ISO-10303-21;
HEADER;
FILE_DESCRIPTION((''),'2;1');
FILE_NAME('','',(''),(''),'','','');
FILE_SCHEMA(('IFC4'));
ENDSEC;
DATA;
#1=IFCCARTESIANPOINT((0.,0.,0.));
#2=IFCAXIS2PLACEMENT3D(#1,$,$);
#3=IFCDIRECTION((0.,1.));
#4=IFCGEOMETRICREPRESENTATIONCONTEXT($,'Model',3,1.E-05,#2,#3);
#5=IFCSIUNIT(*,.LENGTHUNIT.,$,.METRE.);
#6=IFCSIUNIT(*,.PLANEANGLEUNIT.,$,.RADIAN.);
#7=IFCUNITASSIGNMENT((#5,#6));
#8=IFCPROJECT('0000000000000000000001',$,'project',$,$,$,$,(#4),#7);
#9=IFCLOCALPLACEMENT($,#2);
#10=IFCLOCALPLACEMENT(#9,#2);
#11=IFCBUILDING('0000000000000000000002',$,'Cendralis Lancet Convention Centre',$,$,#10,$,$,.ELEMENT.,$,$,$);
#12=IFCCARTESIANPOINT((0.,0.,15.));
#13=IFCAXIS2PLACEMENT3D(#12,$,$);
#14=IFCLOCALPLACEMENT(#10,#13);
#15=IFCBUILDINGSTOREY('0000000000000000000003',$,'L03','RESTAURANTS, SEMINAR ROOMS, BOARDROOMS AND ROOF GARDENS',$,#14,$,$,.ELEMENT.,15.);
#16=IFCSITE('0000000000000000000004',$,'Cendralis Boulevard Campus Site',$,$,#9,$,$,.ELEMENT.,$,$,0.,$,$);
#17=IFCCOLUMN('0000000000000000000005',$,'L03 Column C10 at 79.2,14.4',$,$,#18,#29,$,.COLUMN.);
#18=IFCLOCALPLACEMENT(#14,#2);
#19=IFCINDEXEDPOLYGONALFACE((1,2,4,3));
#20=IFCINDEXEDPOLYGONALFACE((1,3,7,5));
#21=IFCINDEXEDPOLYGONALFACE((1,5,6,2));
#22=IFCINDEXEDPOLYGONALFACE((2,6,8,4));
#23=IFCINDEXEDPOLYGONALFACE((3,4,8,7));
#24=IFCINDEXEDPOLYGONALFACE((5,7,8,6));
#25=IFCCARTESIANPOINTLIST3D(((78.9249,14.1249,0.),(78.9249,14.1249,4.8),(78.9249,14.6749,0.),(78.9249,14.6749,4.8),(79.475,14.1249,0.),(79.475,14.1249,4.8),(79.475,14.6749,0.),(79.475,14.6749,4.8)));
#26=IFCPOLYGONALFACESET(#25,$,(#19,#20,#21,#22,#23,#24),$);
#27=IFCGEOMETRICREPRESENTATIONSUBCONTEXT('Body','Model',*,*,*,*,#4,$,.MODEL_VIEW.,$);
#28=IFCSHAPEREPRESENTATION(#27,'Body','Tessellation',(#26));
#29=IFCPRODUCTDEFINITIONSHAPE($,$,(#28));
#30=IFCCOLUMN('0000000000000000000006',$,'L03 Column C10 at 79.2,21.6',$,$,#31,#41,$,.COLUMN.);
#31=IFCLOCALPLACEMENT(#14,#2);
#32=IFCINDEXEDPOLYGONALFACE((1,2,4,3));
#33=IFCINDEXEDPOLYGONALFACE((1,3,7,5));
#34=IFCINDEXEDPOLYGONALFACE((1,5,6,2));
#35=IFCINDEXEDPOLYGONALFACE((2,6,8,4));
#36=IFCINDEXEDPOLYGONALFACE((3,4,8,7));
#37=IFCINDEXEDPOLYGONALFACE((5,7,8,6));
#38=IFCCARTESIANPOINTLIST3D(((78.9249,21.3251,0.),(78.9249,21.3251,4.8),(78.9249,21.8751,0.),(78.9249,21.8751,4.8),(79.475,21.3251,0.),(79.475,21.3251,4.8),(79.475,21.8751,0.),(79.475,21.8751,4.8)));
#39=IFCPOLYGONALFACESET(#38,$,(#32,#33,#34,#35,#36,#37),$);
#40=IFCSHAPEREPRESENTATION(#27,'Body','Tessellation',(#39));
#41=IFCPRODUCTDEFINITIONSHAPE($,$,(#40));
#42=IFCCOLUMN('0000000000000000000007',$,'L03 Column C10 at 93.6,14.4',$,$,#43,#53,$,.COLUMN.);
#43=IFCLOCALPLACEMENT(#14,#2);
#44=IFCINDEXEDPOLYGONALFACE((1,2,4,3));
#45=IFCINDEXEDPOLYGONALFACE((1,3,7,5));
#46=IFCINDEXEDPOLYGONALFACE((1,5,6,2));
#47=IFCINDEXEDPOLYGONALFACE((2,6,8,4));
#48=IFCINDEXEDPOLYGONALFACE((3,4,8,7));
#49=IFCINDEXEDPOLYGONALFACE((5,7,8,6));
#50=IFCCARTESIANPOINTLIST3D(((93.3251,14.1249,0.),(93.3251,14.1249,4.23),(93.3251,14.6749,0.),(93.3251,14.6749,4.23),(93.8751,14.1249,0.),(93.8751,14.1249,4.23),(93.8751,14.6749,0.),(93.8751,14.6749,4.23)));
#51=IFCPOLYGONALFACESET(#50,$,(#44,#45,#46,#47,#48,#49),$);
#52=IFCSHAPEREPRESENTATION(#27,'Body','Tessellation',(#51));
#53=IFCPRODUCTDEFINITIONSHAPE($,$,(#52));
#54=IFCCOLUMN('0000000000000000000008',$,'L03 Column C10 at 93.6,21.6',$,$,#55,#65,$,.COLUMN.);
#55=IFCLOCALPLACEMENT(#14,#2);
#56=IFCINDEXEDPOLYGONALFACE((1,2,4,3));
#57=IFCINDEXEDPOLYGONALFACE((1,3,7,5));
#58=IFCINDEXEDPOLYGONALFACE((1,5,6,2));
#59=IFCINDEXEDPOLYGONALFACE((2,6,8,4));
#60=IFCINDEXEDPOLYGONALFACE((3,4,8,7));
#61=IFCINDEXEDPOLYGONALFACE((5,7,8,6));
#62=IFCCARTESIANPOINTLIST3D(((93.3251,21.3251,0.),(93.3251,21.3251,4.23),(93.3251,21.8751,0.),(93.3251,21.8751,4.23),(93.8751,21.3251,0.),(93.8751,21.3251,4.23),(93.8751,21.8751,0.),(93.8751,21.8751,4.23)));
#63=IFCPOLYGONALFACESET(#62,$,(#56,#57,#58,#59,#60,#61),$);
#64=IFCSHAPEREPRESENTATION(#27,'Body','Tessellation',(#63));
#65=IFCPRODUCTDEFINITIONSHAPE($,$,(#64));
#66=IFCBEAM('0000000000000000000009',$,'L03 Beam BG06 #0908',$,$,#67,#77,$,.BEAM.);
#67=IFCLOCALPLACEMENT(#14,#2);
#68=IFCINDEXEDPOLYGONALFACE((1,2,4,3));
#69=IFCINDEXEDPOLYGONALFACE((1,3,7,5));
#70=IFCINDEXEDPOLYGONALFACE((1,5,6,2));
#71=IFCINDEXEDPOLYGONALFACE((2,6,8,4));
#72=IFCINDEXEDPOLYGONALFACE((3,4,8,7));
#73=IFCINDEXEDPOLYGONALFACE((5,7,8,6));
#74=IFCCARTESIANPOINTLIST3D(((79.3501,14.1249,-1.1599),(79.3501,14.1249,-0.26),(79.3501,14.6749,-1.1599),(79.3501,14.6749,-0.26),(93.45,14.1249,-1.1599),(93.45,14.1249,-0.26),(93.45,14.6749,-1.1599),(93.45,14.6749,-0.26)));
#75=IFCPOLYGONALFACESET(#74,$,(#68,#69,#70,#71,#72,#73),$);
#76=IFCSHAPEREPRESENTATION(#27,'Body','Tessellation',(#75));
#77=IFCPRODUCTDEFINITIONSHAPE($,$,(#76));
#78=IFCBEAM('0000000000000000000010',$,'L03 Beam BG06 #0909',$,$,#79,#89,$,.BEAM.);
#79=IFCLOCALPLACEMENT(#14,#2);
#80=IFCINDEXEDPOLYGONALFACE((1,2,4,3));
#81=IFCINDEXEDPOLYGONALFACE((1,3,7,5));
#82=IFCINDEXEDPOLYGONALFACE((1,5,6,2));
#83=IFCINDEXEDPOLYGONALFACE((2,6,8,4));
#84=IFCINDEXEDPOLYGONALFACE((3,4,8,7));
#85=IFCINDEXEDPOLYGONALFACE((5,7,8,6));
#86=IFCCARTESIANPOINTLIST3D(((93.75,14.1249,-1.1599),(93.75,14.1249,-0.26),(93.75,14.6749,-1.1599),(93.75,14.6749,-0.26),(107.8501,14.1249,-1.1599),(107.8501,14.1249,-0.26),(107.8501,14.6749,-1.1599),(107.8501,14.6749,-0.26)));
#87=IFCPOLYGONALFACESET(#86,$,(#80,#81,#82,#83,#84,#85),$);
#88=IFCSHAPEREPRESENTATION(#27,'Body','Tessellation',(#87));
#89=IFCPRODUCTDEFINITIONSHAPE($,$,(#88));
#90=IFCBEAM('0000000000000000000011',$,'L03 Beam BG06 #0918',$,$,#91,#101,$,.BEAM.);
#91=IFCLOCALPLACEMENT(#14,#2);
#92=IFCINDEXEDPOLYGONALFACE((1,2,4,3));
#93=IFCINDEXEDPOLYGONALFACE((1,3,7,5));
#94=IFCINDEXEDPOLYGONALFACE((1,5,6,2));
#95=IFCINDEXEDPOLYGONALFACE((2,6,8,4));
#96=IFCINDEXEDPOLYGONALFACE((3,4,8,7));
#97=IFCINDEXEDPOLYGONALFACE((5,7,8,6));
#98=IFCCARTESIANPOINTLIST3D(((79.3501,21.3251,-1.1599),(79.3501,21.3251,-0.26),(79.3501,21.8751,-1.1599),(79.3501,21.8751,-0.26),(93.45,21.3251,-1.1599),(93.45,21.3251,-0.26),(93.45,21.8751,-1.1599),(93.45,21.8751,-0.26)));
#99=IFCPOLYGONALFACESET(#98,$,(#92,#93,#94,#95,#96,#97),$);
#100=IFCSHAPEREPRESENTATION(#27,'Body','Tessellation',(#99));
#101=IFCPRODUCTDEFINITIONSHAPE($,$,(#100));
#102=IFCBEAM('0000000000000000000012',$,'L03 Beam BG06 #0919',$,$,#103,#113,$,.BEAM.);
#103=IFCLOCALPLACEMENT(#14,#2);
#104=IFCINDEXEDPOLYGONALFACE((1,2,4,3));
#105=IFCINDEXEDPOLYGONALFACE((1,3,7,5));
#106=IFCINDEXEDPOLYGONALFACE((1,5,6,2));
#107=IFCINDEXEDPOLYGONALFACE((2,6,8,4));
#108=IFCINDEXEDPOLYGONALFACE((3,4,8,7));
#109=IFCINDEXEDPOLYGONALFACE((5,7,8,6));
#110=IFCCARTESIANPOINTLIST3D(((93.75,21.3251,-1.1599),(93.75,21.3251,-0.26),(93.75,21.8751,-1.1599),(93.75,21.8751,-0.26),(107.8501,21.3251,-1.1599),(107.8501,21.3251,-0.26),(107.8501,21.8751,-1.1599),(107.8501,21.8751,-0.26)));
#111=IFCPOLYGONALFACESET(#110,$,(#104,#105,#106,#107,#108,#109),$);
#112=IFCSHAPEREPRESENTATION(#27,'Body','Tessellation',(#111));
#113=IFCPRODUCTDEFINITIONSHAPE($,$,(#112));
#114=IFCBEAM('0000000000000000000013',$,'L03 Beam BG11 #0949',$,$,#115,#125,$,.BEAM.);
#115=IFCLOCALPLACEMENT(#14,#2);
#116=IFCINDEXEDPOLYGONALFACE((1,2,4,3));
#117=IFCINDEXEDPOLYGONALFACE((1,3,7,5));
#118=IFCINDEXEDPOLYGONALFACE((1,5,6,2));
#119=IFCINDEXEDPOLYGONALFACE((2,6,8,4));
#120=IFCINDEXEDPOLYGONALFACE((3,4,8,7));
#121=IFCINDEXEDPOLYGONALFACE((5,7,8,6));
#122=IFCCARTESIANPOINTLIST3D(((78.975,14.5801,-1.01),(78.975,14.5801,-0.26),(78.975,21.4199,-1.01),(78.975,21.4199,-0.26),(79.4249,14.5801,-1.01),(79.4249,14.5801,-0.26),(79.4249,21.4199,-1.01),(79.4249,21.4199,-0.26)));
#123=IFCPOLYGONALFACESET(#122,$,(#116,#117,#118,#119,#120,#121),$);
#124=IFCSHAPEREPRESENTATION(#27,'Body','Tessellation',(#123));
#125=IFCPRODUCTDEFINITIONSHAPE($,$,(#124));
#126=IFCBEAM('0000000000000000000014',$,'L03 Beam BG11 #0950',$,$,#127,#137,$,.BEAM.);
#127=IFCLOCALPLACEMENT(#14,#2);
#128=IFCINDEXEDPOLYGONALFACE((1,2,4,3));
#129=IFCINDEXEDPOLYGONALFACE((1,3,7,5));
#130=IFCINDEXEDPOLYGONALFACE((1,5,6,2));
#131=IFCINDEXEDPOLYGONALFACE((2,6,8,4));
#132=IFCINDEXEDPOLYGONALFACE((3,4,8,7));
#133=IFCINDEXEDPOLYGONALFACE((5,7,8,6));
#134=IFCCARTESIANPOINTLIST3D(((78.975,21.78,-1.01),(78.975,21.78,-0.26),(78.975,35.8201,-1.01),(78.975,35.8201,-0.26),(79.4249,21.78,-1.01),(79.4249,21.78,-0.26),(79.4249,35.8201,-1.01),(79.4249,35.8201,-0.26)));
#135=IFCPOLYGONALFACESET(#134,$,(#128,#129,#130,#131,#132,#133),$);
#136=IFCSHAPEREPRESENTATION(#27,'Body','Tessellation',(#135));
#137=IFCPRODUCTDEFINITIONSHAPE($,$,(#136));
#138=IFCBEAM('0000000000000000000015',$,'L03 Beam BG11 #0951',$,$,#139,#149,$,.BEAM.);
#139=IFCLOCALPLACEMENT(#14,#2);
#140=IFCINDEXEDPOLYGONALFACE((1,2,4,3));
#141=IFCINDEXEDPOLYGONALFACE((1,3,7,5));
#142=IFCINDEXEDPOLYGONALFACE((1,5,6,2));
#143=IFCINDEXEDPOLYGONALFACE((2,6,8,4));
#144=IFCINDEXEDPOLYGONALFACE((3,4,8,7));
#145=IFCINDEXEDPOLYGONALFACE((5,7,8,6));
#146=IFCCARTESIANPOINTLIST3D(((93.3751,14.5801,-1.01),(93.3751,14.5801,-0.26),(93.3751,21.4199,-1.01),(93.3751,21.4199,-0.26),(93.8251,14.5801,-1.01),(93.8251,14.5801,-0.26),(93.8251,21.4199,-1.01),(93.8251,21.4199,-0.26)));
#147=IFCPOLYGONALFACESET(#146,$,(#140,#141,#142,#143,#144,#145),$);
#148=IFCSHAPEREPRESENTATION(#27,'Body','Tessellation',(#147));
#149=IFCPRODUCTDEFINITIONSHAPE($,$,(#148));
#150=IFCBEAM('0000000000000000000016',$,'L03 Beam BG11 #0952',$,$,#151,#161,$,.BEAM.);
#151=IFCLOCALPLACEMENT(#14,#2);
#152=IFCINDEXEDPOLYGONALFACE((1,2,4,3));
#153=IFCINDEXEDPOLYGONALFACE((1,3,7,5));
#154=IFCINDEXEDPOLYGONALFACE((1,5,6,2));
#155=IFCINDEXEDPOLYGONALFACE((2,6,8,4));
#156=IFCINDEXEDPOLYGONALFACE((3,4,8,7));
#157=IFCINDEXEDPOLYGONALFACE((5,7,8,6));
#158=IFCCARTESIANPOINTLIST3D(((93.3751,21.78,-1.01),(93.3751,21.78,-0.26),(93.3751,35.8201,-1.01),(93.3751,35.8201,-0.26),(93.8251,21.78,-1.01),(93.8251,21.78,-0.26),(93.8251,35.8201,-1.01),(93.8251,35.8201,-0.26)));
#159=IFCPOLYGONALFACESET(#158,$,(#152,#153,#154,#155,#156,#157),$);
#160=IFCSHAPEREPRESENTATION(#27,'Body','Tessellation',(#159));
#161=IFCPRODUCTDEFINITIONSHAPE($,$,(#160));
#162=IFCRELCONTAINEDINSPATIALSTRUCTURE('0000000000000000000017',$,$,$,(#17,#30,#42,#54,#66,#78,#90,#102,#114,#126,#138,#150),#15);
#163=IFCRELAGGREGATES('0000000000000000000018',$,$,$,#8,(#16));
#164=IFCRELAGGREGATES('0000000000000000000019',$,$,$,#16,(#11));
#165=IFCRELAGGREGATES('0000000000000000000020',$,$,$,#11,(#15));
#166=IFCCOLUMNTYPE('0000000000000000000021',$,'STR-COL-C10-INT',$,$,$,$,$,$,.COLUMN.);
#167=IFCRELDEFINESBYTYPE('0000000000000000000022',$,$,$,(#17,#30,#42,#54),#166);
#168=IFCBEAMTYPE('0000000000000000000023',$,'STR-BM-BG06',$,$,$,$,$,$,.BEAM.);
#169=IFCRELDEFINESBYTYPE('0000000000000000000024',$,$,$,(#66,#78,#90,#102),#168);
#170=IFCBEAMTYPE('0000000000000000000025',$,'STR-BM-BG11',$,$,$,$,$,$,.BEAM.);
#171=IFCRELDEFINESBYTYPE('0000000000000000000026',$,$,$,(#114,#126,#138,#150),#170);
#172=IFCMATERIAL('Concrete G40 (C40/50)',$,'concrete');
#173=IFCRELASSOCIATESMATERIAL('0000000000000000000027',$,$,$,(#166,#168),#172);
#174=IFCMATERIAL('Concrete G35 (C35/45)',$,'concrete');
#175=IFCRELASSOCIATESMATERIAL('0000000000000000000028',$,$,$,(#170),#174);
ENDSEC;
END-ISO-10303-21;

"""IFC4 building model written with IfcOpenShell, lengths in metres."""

from ifc_helpers import new_model, si_unit, direction, frame, origin, origin_2d, place, context, subcontext, project, spatial, rectangle, extrude, material, material_profile, profile_set, type_object, element, save


model = new_model("IFC4")

# Units and contexts
model_context = context("Model", 3, precision=1e-05, world=origin(), true_north=direction((0.0, 1.0)))
body_context = subcontext(model_context, "Body", "Model", "MODEL_VIEW")
ifc_project = project(units=[si_unit("LENGTHUNIT", "METRE"), si_unit("PLANEANGLEUNIT", "RADIAN")], contexts=[model_context])

# Site, building, storey
site_placement = place(None, origin())
site = spatial("IfcSite", under=ifc_project, at=site_placement, Name="Cendralis Boulevard Campus Site", CompositionType="ELEMENT", RefElevation=0.0)
building_placement = place(site_placement, origin())
building = spatial("IfcBuilding", under=site, at=building_placement, Name="Cendralis Lancet Convention Centre", CompositionType="ELEMENT")
storey_placement = place(building_placement, frame((0.0, 0.0, 15.0)))
storey = spatial("IfcBuildingStorey", under=building, at=storey_placement, Name="L03", Description="RESTAURANTS, SEMINAR ROOMS, BOARDROOMS AND ROOF GARDENS", CompositionType="ELEMENT", Elevation=15.0)

# Columns
ifc_material_1 = material(Name="Concrete G40 (C40/50)", Category="concrete")
ifc_material_profile_1 = material_profile(ifc_material_1, rectangle(XDim=0.55, YDim=0.55, at=origin_2d()), Name="RC 550x550")
ifc_profile_set_1 = profile_set([ifc_material_profile_1], Name="Concrete G40 (C40/50)")
column_type = type_object("IfcColumnType", Name="STR-COL-C10-INT", PredefinedType="COLUMN", material=ifc_profile_set_1)
for number, where, z_axis, x_axis, name in (
    (1, (79.2, 14.3999, 0.0), (0.0, 0.0, 1.0), (1.0, 0.0, 0.0), "L03 Column C10 at 79.2,14.4"),
    (2, (79.2, 21.6001, 0.0), (0.0, 0.0, 1.0), (1.0, 0.0, 0.0), "L03 Column C10 at 79.2,21.6"),
):
    element("IfcColumn", number, at=place(storey_placement, frame(where, z_axis=z_axis, x_axis=x_axis)), inside=storey, type_object=column_type, Name=name, PredefinedType="COLUMN", context=body_context, shape_type="SweptSolid", body=[
        extrude(rectangle(XDim=0.55, YDim=0.55, at=origin_2d()), origin(), (0.0, 0.0, 1.0), 4.8),
    ])
for number, where, z_axis, x_axis, name in (
    (3, (93.6001, 14.3999, 0.0), (0.0, 0.0, 1.0), (1.0, 0.0, 0.0), "L03 Column C10 at 93.6,14.4"),
    (4, (93.6001, 21.6001, 0.0), (0.0, 0.0, 1.0), (1.0, 0.0, 0.0), "L03 Column C10 at 93.6,21.6"),
):
    element("IfcColumn", number, at=place(storey_placement, frame(where, z_axis=z_axis, x_axis=x_axis)), inside=storey, type_object=column_type, Name=name, PredefinedType="COLUMN", context=body_context, shape_type="SweptSolid", body=[
        extrude(rectangle(XDim=0.55, YDim=0.55, at=origin_2d()), origin(), (0.0, 0.0, 1.0), 4.23),
    ])

# Beams
ifc_material_profile_2 = material_profile(ifc_material_1, rectangle(XDim=0.55, YDim=0.8999, at=origin_2d()), Name="RCB 550x900")
ifc_profile_set_2 = profile_set([ifc_material_profile_2], Name="Concrete G40 (C40/50)")
beam_type_1 = type_object("IfcBeamType", Name="STR-BM-BG06", PredefinedType="BEAM", material=ifc_profile_set_2)
beam_1_placement = place(storey_placement, frame((79.3501, 14.3999, -0.71), z_axis=(1.0, 0.0, 0.0), x_axis=(0.0, 1.0, 0.0)))
element("IfcBeam", 5, at=beam_1_placement, inside=storey, type_object=beam_type_1, Name="L03 Beam BG06 #0908", PredefinedType="BEAM", context=body_context, shape_type="SweptSolid", body=[
    extrude(rectangle(XDim=0.55, YDim=0.8999, at=origin_2d()), origin(), (0.0, 0.0, 1.0), 14.0999),
])
beam_2_placement = place(storey_placement, frame((93.75, 14.3999, -0.71), z_axis=(1.0, 0.0, 0.0), x_axis=(0.0, 1.0, 0.0)))
element("IfcBeam", 6, at=beam_2_placement, inside=storey, type_object=beam_type_1, Name="L03 Beam BG06 #0909", PredefinedType="BEAM", context=body_context, shape_type="SweptSolid", body=[
    extrude(rectangle(XDim=0.55, YDim=0.8999, at=origin_2d()), origin(), (0.0, 0.0, 1.0), 14.1001),
])
beam_3_placement = place(storey_placement, frame((79.3501, 21.6001, -0.71), z_axis=(1.0, 0.0, 0.0), x_axis=(0.0, 1.0, 0.0)))
element("IfcBeam", 7, at=beam_3_placement, inside=storey, type_object=beam_type_1, Name="L03 Beam BG06 #0918", PredefinedType="BEAM", context=body_context, shape_type="SweptSolid", body=[
    extrude(rectangle(XDim=0.55, YDim=0.8999, at=origin_2d()), origin(), (0.0, 0.0, 1.0), 14.0999),
])
beam_4_placement = place(storey_placement, frame((93.75, 21.6001, -0.71), z_axis=(1.0, 0.0, 0.0), x_axis=(0.0, 1.0, 0.0)))
element("IfcBeam", 8, at=beam_4_placement, inside=storey, type_object=beam_type_1, Name="L03 Beam BG06 #0919", PredefinedType="BEAM", context=body_context, shape_type="SweptSolid", body=[
    extrude(rectangle(XDim=0.55, YDim=0.8999, at=origin_2d()), origin(), (0.0, 0.0, 1.0), 14.1001),
])
ifc_material_2 = material(Name="Concrete G35 (C35/45)", Category="concrete")
ifc_material_profile_3 = material_profile(ifc_material_2, rectangle(XDim=0.45, YDim=0.75, at=origin_2d()), Name="RCB 450x750")
ifc_profile_set_3 = profile_set([ifc_material_profile_3], Name="Concrete G35 (C35/45)")
beam_type_2 = type_object("IfcBeamType", Name="STR-BM-BG11", PredefinedType="BEAM", material=ifc_profile_set_3)
beam_5_placement = place(storey_placement, frame((79.2, 14.5801, -0.635), z_axis=(0.0, 1.0, 0.0), x_axis=(-1.0, 0.0, 0.0)))
element("IfcBeam", 9, at=beam_5_placement, inside=storey, type_object=beam_type_2, Name="L03 Beam BG11 #0949", PredefinedType="BEAM", context=body_context, shape_type="SweptSolid", body=[
    extrude(rectangle(XDim=0.45, YDim=0.75, at=origin_2d()), origin(), (0.0, 0.0, 1.0), 6.8398),
])
beam_6_placement = place(storey_placement, frame((79.2, 21.78, -0.635), z_axis=(0.0, 1.0, 0.0), x_axis=(-1.0, 0.0, 0.0)))
element("IfcBeam", 10, at=beam_6_placement, inside=storey, type_object=beam_type_2, Name="L03 Beam BG11 #0950", PredefinedType="BEAM", context=body_context, shape_type="SweptSolid", body=[
    extrude(rectangle(XDim=0.45, YDim=0.75, at=origin_2d()), origin(), (0.0, 0.0, 1.0), 14.04),
])
beam_7_placement = place(storey_placement, frame((93.6001, 14.5801, -0.635), z_axis=(0.0, 1.0, 0.0), x_axis=(-1.0, 0.0, 0.0)))
element("IfcBeam", 11, at=beam_7_placement, inside=storey, type_object=beam_type_2, Name="L03 Beam BG11 #0951", PredefinedType="BEAM", context=body_context, shape_type="SweptSolid", body=[
    extrude(rectangle(XDim=0.45, YDim=0.75, at=origin_2d()), origin(), (0.0, 0.0, 1.0), 6.8398),
])
beam_8_placement = place(storey_placement, frame((93.6001, 21.78, -0.635), z_axis=(0.0, 1.0, 0.0), x_axis=(-1.0, 0.0, 0.0)))
element("IfcBeam", 12, at=beam_8_placement, inside=storey, type_object=beam_type_2, Name="L03 Beam BG11 #0952", PredefinedType="BEAM", context=body_context, shape_type="SweptSolid", body=[
    extrude(rectangle(XDim=0.45, YDim=0.75, at=origin_2d()), origin(), (0.0, 0.0, 1.0), 14.04),
])

save(model, "model.ifc")
